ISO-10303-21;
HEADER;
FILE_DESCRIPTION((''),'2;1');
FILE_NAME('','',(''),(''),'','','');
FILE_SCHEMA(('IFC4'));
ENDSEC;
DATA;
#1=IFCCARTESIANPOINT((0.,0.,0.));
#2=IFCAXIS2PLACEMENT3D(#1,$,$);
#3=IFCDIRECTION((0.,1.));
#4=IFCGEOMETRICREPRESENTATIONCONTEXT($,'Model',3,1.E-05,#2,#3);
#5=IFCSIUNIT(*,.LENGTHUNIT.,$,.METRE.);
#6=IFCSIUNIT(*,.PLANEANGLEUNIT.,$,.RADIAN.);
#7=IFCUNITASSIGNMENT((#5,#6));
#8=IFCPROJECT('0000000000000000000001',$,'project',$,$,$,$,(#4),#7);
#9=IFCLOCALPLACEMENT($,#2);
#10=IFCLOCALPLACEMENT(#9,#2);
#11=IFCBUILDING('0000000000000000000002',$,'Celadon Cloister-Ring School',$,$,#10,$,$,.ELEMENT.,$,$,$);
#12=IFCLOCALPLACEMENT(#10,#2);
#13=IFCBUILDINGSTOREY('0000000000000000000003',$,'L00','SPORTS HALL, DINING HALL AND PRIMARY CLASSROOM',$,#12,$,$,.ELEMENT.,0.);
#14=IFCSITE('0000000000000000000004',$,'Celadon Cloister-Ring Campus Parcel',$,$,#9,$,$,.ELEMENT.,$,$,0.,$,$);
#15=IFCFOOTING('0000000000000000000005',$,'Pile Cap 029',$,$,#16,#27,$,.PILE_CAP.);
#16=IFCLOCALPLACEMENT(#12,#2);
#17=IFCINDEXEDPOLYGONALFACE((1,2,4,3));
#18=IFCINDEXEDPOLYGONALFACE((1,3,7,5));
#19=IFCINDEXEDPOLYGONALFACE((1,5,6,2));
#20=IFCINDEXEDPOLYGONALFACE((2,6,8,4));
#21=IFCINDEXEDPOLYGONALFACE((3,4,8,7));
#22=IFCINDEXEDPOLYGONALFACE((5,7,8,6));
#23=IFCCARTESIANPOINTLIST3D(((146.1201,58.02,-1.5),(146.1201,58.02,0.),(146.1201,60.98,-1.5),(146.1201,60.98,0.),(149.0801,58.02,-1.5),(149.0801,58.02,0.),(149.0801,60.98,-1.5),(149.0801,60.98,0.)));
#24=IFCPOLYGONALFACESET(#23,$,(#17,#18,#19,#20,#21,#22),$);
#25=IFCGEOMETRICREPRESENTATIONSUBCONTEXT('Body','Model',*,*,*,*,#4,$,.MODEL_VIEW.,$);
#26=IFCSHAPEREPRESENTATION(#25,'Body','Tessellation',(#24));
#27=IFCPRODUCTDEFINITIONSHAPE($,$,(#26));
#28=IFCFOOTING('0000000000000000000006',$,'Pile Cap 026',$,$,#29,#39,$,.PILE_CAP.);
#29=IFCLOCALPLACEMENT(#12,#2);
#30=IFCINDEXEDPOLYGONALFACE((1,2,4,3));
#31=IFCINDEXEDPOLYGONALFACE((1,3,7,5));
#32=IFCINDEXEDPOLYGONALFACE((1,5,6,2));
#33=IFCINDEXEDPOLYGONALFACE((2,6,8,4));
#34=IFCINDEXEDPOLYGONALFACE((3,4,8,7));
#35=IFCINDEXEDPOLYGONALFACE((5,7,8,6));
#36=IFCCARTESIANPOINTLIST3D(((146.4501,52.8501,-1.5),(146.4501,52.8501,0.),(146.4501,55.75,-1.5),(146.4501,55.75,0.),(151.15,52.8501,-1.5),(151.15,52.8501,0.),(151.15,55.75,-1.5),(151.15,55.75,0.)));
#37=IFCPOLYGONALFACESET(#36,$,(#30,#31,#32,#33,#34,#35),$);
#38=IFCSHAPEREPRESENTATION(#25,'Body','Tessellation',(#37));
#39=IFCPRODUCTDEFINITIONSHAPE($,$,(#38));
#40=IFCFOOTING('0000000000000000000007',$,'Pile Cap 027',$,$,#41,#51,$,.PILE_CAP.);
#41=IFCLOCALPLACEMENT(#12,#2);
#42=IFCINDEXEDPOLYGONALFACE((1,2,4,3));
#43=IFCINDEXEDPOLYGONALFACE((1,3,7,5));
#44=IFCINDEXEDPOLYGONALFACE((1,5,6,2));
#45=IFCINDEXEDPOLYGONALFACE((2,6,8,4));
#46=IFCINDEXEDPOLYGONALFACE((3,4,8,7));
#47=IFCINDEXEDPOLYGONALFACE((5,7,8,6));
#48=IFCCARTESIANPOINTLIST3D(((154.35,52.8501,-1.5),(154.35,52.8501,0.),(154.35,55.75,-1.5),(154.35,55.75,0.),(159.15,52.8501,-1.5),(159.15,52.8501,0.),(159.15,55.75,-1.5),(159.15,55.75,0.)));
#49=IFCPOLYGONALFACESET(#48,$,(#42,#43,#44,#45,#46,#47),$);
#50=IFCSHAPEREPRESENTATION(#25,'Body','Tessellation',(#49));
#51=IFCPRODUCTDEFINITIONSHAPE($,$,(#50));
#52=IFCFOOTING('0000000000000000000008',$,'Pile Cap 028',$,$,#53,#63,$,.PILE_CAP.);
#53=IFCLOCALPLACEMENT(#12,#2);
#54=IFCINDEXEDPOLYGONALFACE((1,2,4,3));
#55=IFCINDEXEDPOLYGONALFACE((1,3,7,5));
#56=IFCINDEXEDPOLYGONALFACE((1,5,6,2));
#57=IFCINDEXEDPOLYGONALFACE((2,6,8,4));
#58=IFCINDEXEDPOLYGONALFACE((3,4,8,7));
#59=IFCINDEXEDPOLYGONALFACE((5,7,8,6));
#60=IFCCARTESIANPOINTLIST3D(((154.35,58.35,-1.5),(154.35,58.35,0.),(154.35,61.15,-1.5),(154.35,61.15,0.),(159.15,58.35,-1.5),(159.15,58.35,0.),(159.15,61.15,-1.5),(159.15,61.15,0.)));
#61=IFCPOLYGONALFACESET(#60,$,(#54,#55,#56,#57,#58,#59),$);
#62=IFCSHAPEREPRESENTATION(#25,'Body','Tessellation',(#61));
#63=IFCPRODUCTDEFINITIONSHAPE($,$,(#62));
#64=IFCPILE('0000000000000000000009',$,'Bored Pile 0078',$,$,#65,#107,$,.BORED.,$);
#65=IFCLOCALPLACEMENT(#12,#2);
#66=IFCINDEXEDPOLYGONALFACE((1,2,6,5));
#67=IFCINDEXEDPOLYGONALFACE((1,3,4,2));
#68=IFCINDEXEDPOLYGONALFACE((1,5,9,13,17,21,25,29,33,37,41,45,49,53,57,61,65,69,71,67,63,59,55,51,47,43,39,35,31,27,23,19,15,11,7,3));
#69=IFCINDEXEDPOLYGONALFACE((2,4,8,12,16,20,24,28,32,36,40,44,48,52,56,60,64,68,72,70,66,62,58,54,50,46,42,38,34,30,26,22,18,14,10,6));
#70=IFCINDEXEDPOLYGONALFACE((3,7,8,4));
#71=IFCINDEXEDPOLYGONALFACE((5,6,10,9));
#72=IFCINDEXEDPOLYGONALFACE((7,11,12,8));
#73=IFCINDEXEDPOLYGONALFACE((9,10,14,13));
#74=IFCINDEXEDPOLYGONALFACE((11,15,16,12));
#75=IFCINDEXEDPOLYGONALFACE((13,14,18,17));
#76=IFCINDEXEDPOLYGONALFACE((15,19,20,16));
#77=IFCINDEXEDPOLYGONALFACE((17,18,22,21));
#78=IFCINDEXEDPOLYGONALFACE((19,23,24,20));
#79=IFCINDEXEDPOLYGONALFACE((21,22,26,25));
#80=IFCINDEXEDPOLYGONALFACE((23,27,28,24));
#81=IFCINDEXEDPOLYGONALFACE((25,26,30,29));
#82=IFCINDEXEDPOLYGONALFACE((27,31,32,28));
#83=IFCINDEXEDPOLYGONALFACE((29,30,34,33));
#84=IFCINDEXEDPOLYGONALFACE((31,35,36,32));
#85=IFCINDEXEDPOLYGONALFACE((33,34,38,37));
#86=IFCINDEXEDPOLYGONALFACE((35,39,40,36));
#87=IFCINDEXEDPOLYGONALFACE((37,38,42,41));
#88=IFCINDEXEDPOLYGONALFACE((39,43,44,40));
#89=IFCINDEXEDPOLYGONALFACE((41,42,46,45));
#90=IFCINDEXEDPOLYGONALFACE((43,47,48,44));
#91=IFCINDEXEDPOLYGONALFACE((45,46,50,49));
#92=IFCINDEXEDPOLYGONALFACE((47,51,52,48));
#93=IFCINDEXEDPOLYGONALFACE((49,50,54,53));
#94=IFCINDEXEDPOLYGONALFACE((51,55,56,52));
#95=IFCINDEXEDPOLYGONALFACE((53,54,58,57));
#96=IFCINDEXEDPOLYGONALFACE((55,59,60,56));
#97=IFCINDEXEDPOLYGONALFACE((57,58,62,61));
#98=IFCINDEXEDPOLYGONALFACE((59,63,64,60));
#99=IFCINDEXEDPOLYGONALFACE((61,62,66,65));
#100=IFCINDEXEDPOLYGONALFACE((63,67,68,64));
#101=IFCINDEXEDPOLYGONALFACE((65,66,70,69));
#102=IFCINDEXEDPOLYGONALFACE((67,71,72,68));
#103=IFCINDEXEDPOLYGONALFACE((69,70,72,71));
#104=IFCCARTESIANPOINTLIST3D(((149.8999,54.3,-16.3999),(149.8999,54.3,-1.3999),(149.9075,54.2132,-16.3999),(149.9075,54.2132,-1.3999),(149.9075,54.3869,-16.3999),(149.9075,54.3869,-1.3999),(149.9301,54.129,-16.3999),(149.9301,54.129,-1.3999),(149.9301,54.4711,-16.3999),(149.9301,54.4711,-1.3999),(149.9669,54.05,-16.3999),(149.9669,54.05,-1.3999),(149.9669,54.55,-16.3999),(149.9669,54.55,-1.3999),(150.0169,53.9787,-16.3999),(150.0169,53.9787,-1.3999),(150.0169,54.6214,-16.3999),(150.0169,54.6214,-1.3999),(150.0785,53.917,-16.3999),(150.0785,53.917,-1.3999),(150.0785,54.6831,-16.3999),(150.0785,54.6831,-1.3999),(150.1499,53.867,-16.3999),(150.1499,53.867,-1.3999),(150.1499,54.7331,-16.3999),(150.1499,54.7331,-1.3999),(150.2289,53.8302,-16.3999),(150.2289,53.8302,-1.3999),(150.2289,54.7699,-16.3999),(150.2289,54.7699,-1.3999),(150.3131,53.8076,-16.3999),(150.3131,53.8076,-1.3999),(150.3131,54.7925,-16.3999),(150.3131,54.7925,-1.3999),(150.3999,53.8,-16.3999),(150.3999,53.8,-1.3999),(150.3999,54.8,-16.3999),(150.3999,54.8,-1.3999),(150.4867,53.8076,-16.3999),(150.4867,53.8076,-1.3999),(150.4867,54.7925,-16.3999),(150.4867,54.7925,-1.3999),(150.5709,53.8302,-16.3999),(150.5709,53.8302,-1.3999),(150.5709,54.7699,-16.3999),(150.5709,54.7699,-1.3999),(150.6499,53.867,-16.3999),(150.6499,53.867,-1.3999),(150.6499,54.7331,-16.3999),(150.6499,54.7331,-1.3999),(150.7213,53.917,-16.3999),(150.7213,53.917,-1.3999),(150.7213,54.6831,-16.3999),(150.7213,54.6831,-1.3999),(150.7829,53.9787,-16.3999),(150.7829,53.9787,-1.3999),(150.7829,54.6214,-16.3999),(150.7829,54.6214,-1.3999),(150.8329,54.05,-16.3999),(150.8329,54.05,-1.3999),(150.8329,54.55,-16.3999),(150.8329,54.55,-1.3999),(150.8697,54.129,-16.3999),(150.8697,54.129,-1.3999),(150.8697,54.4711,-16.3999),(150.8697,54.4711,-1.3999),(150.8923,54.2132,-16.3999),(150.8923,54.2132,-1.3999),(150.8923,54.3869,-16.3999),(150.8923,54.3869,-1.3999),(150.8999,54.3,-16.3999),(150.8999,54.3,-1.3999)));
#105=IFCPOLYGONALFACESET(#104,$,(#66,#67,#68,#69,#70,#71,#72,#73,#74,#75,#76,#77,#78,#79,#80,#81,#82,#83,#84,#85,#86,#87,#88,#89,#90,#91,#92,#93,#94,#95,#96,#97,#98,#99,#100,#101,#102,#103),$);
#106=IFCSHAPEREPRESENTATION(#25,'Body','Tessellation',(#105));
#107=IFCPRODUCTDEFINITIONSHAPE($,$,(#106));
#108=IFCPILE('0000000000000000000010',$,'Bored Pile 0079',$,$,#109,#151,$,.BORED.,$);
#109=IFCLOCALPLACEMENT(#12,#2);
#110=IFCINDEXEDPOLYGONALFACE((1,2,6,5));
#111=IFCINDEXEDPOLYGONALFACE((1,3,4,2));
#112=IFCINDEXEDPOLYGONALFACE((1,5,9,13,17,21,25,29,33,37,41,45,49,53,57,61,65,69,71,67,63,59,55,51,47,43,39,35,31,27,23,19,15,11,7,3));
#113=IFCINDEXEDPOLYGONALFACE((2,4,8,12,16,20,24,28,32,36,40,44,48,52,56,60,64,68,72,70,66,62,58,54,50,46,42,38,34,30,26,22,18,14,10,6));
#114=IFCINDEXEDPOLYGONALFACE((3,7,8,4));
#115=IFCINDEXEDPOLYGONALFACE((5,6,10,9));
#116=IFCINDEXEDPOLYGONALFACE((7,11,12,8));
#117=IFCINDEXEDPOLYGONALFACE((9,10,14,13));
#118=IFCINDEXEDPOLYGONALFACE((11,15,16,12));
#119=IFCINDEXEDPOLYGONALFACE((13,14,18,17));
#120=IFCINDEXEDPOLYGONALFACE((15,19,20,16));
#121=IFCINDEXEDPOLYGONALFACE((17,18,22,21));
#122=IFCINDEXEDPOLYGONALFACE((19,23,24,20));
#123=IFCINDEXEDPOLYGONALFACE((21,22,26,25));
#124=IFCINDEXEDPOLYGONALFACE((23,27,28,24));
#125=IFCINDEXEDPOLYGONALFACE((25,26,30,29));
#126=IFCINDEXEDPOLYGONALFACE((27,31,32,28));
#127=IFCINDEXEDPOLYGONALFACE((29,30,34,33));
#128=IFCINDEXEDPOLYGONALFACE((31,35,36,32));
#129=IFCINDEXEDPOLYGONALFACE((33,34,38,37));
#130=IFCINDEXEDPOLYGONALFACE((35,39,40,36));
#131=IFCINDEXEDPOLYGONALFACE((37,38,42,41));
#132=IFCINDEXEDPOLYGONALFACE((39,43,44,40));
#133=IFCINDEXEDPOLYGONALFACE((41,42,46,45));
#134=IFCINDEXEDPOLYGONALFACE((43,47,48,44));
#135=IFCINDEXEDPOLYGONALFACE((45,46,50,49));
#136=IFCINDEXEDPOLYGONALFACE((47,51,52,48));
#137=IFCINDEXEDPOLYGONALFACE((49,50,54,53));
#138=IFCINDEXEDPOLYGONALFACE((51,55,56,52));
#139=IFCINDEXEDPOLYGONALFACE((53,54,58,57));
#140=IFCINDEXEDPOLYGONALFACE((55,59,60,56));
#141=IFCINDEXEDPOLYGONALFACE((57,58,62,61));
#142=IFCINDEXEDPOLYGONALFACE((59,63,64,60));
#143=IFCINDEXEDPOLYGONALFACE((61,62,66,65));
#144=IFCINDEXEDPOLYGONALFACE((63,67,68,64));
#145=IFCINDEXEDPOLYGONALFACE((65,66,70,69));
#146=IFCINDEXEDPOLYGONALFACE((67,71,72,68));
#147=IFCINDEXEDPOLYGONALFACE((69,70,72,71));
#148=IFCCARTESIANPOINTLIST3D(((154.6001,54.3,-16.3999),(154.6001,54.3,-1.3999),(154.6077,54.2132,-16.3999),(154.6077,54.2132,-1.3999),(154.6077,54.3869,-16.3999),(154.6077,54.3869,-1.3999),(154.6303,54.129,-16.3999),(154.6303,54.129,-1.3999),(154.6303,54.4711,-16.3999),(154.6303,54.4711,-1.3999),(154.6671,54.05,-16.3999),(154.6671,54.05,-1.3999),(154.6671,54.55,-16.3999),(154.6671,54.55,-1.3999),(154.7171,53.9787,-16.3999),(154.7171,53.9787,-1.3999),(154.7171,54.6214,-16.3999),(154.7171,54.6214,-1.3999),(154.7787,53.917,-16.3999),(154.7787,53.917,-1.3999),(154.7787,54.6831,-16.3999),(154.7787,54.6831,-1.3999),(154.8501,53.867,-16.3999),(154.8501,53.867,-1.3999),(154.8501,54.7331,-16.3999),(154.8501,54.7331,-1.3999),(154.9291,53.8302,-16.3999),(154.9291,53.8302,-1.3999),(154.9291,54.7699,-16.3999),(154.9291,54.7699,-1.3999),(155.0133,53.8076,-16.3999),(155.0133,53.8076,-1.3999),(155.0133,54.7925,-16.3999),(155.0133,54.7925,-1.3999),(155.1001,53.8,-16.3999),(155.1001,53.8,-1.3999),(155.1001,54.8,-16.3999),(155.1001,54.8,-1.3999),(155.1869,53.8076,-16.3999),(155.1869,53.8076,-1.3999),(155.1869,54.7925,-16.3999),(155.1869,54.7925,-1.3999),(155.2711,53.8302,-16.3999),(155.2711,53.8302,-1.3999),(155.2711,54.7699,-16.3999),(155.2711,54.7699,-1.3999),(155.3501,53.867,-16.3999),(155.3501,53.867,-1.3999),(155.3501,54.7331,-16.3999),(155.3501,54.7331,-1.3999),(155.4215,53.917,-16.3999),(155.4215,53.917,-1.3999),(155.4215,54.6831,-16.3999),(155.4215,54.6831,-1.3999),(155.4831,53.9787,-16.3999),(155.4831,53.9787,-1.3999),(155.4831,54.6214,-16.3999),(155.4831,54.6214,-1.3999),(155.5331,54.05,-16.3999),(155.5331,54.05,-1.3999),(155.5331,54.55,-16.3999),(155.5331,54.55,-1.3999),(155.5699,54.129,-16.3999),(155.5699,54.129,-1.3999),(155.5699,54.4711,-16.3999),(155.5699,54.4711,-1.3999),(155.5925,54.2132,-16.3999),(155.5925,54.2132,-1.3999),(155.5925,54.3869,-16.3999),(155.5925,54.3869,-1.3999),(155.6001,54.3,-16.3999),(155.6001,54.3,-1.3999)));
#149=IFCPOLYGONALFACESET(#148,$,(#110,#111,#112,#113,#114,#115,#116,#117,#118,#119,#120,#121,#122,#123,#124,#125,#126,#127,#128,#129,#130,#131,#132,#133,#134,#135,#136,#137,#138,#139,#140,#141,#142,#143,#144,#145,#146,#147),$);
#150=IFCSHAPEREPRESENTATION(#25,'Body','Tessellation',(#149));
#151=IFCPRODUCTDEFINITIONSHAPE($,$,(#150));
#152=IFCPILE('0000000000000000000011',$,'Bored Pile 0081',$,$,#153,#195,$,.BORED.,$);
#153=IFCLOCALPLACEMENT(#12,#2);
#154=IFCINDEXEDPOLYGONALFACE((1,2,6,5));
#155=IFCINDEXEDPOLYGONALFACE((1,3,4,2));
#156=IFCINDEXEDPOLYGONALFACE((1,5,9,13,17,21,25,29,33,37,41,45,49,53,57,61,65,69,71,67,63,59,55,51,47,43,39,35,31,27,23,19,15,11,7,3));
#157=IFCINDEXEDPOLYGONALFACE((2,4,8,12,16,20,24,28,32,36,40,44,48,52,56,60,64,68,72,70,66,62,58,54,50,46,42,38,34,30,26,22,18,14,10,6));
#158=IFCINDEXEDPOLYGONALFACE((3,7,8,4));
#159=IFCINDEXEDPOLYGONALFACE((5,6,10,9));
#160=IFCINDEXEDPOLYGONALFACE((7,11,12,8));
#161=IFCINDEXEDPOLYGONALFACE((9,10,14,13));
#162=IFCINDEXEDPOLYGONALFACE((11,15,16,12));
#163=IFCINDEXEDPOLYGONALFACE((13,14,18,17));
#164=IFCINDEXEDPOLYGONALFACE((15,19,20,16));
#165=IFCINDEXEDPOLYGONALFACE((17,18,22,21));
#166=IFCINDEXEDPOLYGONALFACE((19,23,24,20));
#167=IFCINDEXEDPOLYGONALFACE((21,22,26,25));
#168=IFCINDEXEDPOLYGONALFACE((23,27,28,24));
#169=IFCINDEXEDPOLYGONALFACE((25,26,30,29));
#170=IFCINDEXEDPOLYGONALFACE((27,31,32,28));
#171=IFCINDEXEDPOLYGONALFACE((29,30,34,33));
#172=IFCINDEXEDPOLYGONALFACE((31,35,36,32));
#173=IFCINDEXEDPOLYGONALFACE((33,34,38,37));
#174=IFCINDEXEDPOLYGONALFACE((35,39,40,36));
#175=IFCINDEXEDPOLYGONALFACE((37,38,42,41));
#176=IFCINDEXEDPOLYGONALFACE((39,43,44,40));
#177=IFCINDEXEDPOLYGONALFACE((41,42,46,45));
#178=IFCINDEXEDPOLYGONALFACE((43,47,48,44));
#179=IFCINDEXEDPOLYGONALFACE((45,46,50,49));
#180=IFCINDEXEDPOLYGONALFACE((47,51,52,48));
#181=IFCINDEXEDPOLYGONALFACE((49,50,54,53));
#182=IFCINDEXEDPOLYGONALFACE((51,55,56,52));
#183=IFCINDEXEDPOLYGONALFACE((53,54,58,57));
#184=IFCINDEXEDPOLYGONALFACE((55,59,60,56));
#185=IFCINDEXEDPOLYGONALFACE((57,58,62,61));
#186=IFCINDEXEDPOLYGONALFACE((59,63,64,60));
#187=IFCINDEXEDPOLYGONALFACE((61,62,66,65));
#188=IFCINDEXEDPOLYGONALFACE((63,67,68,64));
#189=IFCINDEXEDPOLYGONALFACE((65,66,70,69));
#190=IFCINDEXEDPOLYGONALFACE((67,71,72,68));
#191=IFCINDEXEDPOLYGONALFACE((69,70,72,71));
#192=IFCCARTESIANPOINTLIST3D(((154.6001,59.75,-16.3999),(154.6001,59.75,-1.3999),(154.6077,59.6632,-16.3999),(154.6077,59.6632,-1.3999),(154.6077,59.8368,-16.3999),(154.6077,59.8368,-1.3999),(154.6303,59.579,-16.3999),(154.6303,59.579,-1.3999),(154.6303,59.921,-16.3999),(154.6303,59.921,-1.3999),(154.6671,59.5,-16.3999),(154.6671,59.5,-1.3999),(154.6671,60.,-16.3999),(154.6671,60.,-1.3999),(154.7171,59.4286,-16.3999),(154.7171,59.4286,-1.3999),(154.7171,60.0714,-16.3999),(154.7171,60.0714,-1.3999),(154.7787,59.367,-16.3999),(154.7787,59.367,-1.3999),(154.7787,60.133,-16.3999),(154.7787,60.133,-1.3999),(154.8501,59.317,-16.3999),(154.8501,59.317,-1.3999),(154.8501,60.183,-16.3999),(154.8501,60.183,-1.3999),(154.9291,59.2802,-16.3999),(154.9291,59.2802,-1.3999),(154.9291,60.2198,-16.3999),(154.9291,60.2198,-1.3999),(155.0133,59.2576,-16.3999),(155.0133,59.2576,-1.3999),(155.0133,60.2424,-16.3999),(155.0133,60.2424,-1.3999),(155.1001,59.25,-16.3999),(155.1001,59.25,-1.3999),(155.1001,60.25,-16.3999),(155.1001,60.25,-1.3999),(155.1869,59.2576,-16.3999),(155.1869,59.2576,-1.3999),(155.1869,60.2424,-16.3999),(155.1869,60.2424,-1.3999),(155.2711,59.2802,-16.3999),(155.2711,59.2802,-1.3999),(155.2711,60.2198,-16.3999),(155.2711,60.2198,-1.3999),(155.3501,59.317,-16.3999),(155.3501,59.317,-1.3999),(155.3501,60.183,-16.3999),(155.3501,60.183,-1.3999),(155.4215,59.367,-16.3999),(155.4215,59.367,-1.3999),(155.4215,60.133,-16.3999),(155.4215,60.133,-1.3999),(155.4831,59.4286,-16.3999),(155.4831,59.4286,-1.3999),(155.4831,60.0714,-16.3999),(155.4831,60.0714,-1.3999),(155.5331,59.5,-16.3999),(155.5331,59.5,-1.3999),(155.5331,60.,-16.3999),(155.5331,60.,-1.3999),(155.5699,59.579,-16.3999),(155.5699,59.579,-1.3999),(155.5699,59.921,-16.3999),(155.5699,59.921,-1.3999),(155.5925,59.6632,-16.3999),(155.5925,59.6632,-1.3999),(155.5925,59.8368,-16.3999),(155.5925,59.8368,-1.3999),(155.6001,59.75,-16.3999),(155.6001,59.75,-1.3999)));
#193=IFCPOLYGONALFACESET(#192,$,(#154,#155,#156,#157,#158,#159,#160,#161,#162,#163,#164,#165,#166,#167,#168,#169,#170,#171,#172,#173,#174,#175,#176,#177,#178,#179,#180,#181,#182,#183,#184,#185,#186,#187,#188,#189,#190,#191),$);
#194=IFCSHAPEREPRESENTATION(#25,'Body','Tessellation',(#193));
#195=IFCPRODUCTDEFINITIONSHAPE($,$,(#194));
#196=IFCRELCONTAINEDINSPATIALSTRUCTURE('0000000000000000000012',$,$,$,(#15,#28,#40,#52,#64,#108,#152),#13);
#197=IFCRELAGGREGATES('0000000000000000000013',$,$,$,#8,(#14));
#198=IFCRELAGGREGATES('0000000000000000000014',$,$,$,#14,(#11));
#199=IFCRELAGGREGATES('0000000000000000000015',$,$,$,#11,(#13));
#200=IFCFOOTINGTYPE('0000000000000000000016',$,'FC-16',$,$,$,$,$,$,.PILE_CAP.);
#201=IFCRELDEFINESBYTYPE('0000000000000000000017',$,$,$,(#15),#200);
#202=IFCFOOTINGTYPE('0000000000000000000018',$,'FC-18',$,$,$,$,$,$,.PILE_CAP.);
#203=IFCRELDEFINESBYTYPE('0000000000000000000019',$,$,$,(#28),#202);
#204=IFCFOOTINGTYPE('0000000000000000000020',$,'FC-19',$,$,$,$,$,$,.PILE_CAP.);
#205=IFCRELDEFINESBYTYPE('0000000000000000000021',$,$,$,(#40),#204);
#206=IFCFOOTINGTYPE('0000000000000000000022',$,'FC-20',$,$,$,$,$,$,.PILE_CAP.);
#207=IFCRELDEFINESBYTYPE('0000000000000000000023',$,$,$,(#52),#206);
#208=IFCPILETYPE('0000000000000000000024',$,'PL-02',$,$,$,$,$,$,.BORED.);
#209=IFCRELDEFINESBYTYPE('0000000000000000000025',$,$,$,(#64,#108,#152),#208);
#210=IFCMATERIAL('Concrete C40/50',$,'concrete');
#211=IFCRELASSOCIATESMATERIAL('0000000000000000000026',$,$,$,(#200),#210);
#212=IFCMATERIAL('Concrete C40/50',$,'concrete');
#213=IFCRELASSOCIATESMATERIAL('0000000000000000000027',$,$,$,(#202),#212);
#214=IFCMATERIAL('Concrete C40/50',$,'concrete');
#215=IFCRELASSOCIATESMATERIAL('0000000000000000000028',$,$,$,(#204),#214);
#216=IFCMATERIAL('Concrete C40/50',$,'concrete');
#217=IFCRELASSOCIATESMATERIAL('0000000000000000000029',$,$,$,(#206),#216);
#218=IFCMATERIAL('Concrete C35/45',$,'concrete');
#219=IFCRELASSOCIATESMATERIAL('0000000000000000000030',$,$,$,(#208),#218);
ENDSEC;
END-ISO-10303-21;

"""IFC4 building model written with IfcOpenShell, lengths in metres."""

from ifc_helpers import new_model, si_unit, direction, frame, origin, origin_2d, place, context, subcontext, project, spatial, rectangle, circle, extrude, material, material_profile, profile_set, type_object, element, save


model = new_model("IFC4")

# Units and contexts
model_context = context("Model", 3, precision=1e-05, world=origin(), true_north=direction((0.0, 1.0)))
body_context = subcontext(model_context, "Body", "Model", "MODEL_VIEW")
ifc_project = project(units=[si_unit("LENGTHUNIT", "METRE"), si_unit("PLANEANGLEUNIT", "RADIAN")], contexts=[model_context])

# Site, building, storey
site_placement = place(None, origin())
site = spatial("IfcSite", under=ifc_project, at=site_placement, Name="Celadon Cloister-Ring Campus Parcel", CompositionType="ELEMENT", RefElevation=0.0)
building_placement = place(site_placement, origin())
building = spatial("IfcBuilding", under=site, at=building_placement, Name="Celadon Cloister-Ring School", CompositionType="ELEMENT")
storey_placement = place(building_placement, origin())
storey = spatial("IfcBuildingStorey", under=building, at=storey_placement, Name="L00", Description="SPORTS HALL, DINING HALL AND PRIMARY CLASSROOM", CompositionType="ELEMENT", Elevation=0.0)

# Footings
ifc_material_1 = material(Name="Concrete C40/50", Category="concrete")
footing_type_1 = type_object("IfcFootingType", Name="FC-16", PredefinedType="PILE_CAP", material=ifc_material_1)
footing_1_placement = place(storey_placement, frame((147.6001, 59.5, -1.5), z_axis=(0.0, 0.0, 1.0), x_axis=(1.0, 0.0, 0.0)))
element("IfcFooting", 1, at=footing_1_placement, inside=storey, type_object=footing_type_1, Name="Pile Cap 029", PredefinedType="PILE_CAP", context=body_context, shape_type="SweptSolid", body=[
    extrude(rectangle(XDim=2.96, YDim=2.96, at=origin_2d()), origin(), (0.0, 0.0, 1.0), 1.5),
])
ifc_material_2 = material(Name="Concrete C40/50", Category="concrete")
footing_type_2 = type_object("IfcFootingType", Name="FC-18", PredefinedType="PILE_CAP", material=ifc_material_2)
footing_2_placement = place(storey_placement, frame((148.8, 54.3, -1.5), z_axis=(0.0, 0.0, 1.0), x_axis=(1.0, 0.0, 0.0)))
element("IfcFooting", 2, at=footing_2_placement, inside=storey, type_object=footing_type_2, Name="Pile Cap 026", PredefinedType="PILE_CAP", context=body_context, shape_type="SweptSolid", body=[
    extrude(rectangle(XDim=4.7, YDim=2.8999, at=origin_2d()), origin(), (0.0, 0.0, 1.0), 1.5),
])
ifc_material_3 = material(Name="Concrete C40/50", Category="concrete")
footing_type_3 = type_object("IfcFootingType", Name="FC-19", PredefinedType="PILE_CAP", material=ifc_material_3)
footing_3_placement = place(storey_placement, frame((156.75, 54.3, -1.5), z_axis=(0.0, 0.0, 1.0), x_axis=(1.0, 0.0, 0.0)))
element("IfcFooting", 3, at=footing_3_placement, inside=storey, type_object=footing_type_3, Name="Pile Cap 027", PredefinedType="PILE_CAP", context=body_context, shape_type="SweptSolid", body=[
    extrude(rectangle(XDim=4.8, YDim=2.8999, at=origin_2d()), origin(), (0.0, 0.0, 1.0), 1.5),
])
ifc_material_4 = material(Name="Concrete C40/50", Category="concrete")
footing_type_4 = type_object("IfcFootingType", Name="FC-20", PredefinedType="PILE_CAP", material=ifc_material_4)
footing_4_placement = place(storey_placement, frame((156.75, 59.75, -1.5), z_axis=(0.0, 0.0, 1.0), x_axis=(1.0, 0.0, 0.0)))
element("IfcFooting", 4, at=footing_4_placement, inside=storey, type_object=footing_type_4, Name="Pile Cap 028", PredefinedType="PILE_CAP", context=body_context, shape_type="SweptSolid", body=[
    extrude(rectangle(XDim=4.8, YDim=2.8, at=origin_2d()), origin(), (0.0, 0.0, 1.0), 1.5),
])

# Piles
ifc_material_5 = material(Name="Concrete C35/45", Category="concrete")
ifc_material_profile_1 = material_profile(ifc_material_5, circle(Radius=0.5, at=origin_2d()), Name="PILE1000")
ifc_profile_set_1 = profile_set([ifc_material_profile_1], Name="Concrete C35/45")
pile_type = type_object("IfcPileType", Name="PL-02", PredefinedType="BORED", material=ifc_profile_set_1)
for number, where, z_axis, x_axis, name in (
    (5, (150.3999, 54.3, -1.3999), (0.0, 0.0, -1.0), (1.0, 0.0, 0.0), "Bored Pile 0078"),
    (6, (155.1001, 54.3, -1.3999), (0.0, 0.0, -1.0), (1.0, 0.0, 0.0), "Bored Pile 0079"),
    (7, (155.1001, 59.75, -1.3999), (0.0, 0.0, -1.0), (1.0, 0.0, 0.0), "Bored Pile 0081"),
):
    element("IfcPile", number, at=place(storey_placement, frame(where, z_axis=z_axis, x_axis=x_axis)), inside=storey, type_object=pile_type, Name=name, PredefinedType="BORED", context=body_context, shape_type="SweptSolid", body=[
        extrude(circle(Radius=0.5, at=origin_2d()), origin(), (0.0, 0.0, 1.0), 15.0),
    ])

save(model, "model.ifc")
